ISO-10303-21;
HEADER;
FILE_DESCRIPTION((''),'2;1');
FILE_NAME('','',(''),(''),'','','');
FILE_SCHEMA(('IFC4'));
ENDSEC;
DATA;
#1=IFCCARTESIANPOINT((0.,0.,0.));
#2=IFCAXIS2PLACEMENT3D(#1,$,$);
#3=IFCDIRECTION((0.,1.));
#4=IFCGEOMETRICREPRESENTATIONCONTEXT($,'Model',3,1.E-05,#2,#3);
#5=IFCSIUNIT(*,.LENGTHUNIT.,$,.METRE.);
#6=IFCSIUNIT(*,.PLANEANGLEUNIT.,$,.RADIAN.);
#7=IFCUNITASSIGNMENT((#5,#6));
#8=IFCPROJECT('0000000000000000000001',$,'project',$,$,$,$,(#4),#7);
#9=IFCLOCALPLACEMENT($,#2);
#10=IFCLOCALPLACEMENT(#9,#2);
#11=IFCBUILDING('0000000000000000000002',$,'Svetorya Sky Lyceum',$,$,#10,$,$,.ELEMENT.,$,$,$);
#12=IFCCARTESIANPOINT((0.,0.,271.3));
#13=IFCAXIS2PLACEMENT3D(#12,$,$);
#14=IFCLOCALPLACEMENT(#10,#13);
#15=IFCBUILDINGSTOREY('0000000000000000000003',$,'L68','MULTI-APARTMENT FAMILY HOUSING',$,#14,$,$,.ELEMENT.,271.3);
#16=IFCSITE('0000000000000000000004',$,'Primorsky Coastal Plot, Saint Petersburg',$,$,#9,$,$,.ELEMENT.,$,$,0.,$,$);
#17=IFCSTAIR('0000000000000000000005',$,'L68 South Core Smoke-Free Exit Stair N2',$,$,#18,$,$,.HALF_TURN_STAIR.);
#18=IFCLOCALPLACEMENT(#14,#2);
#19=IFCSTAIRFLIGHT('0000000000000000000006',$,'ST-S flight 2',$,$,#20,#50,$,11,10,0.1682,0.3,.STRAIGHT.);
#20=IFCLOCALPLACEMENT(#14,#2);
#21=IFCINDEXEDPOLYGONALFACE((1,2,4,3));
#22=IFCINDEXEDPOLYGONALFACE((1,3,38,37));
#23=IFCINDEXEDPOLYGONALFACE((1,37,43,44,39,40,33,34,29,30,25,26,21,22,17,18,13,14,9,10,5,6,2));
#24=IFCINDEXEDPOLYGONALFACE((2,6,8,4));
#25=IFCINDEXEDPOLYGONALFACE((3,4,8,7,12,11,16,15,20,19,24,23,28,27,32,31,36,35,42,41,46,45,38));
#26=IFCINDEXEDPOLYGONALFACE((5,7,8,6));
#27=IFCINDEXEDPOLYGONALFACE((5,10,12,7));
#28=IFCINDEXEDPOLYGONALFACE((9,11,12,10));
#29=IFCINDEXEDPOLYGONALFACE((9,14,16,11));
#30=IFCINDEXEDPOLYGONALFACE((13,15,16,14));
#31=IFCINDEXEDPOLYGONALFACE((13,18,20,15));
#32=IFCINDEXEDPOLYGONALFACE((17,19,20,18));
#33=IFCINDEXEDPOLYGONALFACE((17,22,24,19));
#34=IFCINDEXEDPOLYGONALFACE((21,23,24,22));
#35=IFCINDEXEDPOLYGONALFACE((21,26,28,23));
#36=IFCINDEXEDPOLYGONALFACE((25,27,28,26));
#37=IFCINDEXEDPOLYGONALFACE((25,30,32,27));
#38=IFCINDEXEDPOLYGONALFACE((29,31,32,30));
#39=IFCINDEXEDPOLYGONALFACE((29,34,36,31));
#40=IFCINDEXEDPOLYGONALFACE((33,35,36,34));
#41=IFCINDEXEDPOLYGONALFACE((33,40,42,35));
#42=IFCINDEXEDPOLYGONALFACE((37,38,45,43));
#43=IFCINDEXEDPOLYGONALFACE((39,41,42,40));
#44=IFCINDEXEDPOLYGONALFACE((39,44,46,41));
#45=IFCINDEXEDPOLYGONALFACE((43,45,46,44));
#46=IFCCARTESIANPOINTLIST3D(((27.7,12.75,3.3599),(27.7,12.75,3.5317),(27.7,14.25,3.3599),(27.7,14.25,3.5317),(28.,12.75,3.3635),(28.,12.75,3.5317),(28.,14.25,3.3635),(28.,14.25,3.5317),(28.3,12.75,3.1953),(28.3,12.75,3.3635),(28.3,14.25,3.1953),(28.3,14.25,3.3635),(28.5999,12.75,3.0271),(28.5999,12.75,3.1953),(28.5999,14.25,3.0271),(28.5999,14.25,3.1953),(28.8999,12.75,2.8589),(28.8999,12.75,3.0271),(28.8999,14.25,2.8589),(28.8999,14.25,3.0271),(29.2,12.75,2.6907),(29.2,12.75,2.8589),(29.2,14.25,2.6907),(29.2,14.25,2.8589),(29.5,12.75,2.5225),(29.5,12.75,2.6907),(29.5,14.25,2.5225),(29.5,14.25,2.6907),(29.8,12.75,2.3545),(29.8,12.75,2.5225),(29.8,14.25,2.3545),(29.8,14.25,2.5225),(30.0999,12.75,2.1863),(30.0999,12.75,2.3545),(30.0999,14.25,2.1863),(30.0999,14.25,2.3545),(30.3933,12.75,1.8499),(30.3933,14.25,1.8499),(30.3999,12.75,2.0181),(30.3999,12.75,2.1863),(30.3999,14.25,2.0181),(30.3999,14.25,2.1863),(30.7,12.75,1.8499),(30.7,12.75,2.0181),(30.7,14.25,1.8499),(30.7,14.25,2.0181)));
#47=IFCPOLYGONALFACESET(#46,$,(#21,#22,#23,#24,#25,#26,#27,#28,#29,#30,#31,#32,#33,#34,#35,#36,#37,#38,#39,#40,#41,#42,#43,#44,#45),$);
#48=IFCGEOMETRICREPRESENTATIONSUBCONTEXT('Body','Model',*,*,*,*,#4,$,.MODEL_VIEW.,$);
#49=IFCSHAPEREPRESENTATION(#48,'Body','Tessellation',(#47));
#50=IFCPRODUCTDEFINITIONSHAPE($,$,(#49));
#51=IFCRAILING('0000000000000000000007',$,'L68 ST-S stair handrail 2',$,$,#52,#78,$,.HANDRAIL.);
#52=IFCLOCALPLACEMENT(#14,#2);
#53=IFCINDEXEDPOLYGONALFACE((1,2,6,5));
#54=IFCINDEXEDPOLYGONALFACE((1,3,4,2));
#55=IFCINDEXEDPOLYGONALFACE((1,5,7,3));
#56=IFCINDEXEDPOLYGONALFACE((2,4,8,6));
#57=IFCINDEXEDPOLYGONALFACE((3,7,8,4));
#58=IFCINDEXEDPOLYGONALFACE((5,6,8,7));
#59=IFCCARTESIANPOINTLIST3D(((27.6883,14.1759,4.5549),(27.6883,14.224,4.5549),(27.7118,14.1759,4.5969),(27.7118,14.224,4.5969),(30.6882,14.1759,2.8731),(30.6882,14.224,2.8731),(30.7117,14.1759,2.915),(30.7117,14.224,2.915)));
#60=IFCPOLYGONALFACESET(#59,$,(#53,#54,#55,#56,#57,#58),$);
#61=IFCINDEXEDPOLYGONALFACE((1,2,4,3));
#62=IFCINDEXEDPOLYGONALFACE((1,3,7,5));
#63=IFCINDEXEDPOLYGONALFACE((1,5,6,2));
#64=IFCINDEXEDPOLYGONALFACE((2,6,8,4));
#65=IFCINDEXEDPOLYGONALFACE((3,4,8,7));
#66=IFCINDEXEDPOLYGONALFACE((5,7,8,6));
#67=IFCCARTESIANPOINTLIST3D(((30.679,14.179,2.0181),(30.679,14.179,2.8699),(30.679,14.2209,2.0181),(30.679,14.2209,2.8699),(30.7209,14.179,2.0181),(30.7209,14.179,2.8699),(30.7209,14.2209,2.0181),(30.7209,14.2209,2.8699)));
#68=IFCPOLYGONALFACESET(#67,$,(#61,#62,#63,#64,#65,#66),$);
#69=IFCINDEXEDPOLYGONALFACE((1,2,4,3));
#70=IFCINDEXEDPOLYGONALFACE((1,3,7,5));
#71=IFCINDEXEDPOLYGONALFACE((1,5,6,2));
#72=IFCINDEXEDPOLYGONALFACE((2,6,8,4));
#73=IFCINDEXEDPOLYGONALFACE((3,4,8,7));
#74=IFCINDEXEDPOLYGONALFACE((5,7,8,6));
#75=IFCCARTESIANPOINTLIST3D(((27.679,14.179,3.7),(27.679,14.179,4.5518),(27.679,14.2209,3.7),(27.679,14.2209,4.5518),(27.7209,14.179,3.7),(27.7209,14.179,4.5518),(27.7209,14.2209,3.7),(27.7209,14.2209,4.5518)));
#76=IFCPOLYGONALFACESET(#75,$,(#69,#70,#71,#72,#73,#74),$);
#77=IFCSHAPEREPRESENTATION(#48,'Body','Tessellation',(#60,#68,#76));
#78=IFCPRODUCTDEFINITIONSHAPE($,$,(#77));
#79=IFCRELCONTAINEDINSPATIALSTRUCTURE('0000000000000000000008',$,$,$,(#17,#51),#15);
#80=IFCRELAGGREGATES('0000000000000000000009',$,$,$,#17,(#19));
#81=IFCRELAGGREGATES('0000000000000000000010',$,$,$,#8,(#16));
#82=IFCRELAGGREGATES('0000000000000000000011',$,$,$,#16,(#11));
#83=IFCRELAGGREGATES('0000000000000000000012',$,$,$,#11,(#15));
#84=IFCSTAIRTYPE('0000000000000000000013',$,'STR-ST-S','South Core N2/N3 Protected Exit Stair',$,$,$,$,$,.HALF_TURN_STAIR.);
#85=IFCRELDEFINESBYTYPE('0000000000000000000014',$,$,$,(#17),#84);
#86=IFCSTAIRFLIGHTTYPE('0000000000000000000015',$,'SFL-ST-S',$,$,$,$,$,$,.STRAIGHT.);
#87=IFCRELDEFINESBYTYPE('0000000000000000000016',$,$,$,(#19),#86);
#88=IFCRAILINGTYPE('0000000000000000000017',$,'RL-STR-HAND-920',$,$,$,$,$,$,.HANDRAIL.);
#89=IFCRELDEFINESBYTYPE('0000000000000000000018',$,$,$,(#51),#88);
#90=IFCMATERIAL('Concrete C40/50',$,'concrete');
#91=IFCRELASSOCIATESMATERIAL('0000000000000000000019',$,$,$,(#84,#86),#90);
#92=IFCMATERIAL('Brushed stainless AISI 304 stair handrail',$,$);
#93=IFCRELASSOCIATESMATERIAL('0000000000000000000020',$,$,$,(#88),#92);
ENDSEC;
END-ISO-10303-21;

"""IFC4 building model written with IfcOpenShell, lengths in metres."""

from ifc_helpers import new_model, si_unit, direction, frame, origin, origin_2d, place, context, subcontext, project, spatial, polyline, rectangle, outline, extrude, material, type_object, element, aggregate, save


model = new_model("IFC4")

# Units and contexts
model_context = context("Model", 3, precision=1e-05, world=origin(), true_north=direction((0.0, 1.0)))
body_context = subcontext(model_context, "Body", "Model", "MODEL_VIEW")
ifc_project = project(units=[si_unit("LENGTHUNIT", "METRE"), si_unit("PLANEANGLEUNIT", "RADIAN")], contexts=[model_context])

# Site, building, storey
site_placement = place(None, origin())
site = spatial("IfcSite", under=ifc_project, at=site_placement, Name="Primorsky Coastal Plot, Saint Petersburg", CompositionType="ELEMENT", RefElevation=0.0)
building_placement = place(site_placement, origin())
building = spatial("IfcBuilding", under=site, at=building_placement, Name="Svetorya Sky Lyceum", CompositionType="ELEMENT")
storey_placement = place(building_placement, frame((0.0, 0.0, 271.3)))
storey = spatial("IfcBuildingStorey", under=building, at=storey_placement, Name="L68", Description="MULTI-APARTMENT FAMILY HOUSING", CompositionType="ELEMENT", Elevation=271.3)

# Shared definitions
ifc_material_1 = material(Name="Concrete C40/50", Category="concrete")

# Stair, stair flight
stair_type = type_object("IfcStairType", Name="STR-ST-S", Description="South Core N2/N3 Protected Exit Stair", PredefinedType="HALF_TURN_STAIR", material=ifc_material_1)
stair_placement = place(storey_placement, origin())
stair = element("IfcStair", 1, at=stair_placement, inside=storey, type_object=stair_type, Name="L68 South Core Smoke-Free Exit Stair N2", PredefinedType="HALF_TURN_STAIR")
stair_flight_type = type_object("IfcStairFlightType", Name="SFL-ST-S", PredefinedType="STRAIGHT", material=ifc_material_1)
stair_flight_placement = place(storey_placement, frame((30.7, 13.5, 1.8499), z_axis=(0.0, 0.0, 1.0), x_axis=(-1.0, 0.0, 0.0)))
stair_flight = element("IfcStairFlight", 2, at=stair_flight_placement, type_object=stair_flight_type, Name="ST-S flight 2", NumberOfRisers=11, NumberOfTreads=10, PredefinedType="STRAIGHT", RiserHeight=0.1682, TreadLength=0.3, context=body_context, shape_type="SweptSolid", body=[
    extrude(outline(polyline([(0.0, 0.0), (0.0, 0.1682), (0.3, 0.1682), (0.3, 0.3364), (0.6001, 0.3364), (0.6001, 0.5046), (0.8999, 0.5046), (0.8999, 0.6726), (1.2, 0.6726), (1.2, 0.8408), (1.5, 0.8408), (1.5, 1.009), (1.8, 1.009), (1.8, 1.1772), (2.1001, 1.1772), (2.1001, 1.3455), (2.3999, 1.3455), (2.3999, 1.5137), (2.7, 1.5137), (2.7, 1.6819), (3.0, 1.6819), (3.0, 1.8501), (3.0, 1.51), (0.3066, 0.0), (0.0, 0.0)])), frame((0.0, 0.75, 0.0), z_axis=(0.0, -1.0, 0.0), x_axis=(1.0, 0.0, 0.0)), (0.0, 0.0, 1.0), 1.5),
])
aggregate(stair, [stair_flight])

# Railing
ifc_material_2 = material(Name="Brushed stainless AISI 304 stair handrail")
railing_type = type_object("IfcRailingType", Name="RL-STR-HAND-920", PredefinedType="HANDRAIL", material=ifc_material_2)
railing_placement = place(storey_placement, frame((30.7, 14.2, 2.0181)))
element("IfcRailing", 3, at=railing_placement, inside=storey, type_object=railing_type, Name="L68 ST-S stair handrail 2", PredefinedType="HANDRAIL", context=body_context, shape_type="SweptSolid", body=[
    extrude(rectangle(XDim=0.0481, YDim=0.0481, at=origin_2d()), frame((0.0, 0.0, 0.876), z_axis=(-0.872272, 0.0, 0.48902), x_axis=(0.0, -1.0, 0.0)), (0.0, 0.0, 1.0), 3.4392),
    extrude(rectangle(XDim=0.042, YDim=0.042, at=origin_2d()), origin(), (0.0, 0.0, 1.0), 0.8518),
    extrude(rectangle(XDim=0.042, YDim=0.042, at=origin_2d()), frame((-3.0, 0.0, 1.6819)), (0.0, 0.0, 1.0), 0.8518),
])

save(model, "model.ifc")
